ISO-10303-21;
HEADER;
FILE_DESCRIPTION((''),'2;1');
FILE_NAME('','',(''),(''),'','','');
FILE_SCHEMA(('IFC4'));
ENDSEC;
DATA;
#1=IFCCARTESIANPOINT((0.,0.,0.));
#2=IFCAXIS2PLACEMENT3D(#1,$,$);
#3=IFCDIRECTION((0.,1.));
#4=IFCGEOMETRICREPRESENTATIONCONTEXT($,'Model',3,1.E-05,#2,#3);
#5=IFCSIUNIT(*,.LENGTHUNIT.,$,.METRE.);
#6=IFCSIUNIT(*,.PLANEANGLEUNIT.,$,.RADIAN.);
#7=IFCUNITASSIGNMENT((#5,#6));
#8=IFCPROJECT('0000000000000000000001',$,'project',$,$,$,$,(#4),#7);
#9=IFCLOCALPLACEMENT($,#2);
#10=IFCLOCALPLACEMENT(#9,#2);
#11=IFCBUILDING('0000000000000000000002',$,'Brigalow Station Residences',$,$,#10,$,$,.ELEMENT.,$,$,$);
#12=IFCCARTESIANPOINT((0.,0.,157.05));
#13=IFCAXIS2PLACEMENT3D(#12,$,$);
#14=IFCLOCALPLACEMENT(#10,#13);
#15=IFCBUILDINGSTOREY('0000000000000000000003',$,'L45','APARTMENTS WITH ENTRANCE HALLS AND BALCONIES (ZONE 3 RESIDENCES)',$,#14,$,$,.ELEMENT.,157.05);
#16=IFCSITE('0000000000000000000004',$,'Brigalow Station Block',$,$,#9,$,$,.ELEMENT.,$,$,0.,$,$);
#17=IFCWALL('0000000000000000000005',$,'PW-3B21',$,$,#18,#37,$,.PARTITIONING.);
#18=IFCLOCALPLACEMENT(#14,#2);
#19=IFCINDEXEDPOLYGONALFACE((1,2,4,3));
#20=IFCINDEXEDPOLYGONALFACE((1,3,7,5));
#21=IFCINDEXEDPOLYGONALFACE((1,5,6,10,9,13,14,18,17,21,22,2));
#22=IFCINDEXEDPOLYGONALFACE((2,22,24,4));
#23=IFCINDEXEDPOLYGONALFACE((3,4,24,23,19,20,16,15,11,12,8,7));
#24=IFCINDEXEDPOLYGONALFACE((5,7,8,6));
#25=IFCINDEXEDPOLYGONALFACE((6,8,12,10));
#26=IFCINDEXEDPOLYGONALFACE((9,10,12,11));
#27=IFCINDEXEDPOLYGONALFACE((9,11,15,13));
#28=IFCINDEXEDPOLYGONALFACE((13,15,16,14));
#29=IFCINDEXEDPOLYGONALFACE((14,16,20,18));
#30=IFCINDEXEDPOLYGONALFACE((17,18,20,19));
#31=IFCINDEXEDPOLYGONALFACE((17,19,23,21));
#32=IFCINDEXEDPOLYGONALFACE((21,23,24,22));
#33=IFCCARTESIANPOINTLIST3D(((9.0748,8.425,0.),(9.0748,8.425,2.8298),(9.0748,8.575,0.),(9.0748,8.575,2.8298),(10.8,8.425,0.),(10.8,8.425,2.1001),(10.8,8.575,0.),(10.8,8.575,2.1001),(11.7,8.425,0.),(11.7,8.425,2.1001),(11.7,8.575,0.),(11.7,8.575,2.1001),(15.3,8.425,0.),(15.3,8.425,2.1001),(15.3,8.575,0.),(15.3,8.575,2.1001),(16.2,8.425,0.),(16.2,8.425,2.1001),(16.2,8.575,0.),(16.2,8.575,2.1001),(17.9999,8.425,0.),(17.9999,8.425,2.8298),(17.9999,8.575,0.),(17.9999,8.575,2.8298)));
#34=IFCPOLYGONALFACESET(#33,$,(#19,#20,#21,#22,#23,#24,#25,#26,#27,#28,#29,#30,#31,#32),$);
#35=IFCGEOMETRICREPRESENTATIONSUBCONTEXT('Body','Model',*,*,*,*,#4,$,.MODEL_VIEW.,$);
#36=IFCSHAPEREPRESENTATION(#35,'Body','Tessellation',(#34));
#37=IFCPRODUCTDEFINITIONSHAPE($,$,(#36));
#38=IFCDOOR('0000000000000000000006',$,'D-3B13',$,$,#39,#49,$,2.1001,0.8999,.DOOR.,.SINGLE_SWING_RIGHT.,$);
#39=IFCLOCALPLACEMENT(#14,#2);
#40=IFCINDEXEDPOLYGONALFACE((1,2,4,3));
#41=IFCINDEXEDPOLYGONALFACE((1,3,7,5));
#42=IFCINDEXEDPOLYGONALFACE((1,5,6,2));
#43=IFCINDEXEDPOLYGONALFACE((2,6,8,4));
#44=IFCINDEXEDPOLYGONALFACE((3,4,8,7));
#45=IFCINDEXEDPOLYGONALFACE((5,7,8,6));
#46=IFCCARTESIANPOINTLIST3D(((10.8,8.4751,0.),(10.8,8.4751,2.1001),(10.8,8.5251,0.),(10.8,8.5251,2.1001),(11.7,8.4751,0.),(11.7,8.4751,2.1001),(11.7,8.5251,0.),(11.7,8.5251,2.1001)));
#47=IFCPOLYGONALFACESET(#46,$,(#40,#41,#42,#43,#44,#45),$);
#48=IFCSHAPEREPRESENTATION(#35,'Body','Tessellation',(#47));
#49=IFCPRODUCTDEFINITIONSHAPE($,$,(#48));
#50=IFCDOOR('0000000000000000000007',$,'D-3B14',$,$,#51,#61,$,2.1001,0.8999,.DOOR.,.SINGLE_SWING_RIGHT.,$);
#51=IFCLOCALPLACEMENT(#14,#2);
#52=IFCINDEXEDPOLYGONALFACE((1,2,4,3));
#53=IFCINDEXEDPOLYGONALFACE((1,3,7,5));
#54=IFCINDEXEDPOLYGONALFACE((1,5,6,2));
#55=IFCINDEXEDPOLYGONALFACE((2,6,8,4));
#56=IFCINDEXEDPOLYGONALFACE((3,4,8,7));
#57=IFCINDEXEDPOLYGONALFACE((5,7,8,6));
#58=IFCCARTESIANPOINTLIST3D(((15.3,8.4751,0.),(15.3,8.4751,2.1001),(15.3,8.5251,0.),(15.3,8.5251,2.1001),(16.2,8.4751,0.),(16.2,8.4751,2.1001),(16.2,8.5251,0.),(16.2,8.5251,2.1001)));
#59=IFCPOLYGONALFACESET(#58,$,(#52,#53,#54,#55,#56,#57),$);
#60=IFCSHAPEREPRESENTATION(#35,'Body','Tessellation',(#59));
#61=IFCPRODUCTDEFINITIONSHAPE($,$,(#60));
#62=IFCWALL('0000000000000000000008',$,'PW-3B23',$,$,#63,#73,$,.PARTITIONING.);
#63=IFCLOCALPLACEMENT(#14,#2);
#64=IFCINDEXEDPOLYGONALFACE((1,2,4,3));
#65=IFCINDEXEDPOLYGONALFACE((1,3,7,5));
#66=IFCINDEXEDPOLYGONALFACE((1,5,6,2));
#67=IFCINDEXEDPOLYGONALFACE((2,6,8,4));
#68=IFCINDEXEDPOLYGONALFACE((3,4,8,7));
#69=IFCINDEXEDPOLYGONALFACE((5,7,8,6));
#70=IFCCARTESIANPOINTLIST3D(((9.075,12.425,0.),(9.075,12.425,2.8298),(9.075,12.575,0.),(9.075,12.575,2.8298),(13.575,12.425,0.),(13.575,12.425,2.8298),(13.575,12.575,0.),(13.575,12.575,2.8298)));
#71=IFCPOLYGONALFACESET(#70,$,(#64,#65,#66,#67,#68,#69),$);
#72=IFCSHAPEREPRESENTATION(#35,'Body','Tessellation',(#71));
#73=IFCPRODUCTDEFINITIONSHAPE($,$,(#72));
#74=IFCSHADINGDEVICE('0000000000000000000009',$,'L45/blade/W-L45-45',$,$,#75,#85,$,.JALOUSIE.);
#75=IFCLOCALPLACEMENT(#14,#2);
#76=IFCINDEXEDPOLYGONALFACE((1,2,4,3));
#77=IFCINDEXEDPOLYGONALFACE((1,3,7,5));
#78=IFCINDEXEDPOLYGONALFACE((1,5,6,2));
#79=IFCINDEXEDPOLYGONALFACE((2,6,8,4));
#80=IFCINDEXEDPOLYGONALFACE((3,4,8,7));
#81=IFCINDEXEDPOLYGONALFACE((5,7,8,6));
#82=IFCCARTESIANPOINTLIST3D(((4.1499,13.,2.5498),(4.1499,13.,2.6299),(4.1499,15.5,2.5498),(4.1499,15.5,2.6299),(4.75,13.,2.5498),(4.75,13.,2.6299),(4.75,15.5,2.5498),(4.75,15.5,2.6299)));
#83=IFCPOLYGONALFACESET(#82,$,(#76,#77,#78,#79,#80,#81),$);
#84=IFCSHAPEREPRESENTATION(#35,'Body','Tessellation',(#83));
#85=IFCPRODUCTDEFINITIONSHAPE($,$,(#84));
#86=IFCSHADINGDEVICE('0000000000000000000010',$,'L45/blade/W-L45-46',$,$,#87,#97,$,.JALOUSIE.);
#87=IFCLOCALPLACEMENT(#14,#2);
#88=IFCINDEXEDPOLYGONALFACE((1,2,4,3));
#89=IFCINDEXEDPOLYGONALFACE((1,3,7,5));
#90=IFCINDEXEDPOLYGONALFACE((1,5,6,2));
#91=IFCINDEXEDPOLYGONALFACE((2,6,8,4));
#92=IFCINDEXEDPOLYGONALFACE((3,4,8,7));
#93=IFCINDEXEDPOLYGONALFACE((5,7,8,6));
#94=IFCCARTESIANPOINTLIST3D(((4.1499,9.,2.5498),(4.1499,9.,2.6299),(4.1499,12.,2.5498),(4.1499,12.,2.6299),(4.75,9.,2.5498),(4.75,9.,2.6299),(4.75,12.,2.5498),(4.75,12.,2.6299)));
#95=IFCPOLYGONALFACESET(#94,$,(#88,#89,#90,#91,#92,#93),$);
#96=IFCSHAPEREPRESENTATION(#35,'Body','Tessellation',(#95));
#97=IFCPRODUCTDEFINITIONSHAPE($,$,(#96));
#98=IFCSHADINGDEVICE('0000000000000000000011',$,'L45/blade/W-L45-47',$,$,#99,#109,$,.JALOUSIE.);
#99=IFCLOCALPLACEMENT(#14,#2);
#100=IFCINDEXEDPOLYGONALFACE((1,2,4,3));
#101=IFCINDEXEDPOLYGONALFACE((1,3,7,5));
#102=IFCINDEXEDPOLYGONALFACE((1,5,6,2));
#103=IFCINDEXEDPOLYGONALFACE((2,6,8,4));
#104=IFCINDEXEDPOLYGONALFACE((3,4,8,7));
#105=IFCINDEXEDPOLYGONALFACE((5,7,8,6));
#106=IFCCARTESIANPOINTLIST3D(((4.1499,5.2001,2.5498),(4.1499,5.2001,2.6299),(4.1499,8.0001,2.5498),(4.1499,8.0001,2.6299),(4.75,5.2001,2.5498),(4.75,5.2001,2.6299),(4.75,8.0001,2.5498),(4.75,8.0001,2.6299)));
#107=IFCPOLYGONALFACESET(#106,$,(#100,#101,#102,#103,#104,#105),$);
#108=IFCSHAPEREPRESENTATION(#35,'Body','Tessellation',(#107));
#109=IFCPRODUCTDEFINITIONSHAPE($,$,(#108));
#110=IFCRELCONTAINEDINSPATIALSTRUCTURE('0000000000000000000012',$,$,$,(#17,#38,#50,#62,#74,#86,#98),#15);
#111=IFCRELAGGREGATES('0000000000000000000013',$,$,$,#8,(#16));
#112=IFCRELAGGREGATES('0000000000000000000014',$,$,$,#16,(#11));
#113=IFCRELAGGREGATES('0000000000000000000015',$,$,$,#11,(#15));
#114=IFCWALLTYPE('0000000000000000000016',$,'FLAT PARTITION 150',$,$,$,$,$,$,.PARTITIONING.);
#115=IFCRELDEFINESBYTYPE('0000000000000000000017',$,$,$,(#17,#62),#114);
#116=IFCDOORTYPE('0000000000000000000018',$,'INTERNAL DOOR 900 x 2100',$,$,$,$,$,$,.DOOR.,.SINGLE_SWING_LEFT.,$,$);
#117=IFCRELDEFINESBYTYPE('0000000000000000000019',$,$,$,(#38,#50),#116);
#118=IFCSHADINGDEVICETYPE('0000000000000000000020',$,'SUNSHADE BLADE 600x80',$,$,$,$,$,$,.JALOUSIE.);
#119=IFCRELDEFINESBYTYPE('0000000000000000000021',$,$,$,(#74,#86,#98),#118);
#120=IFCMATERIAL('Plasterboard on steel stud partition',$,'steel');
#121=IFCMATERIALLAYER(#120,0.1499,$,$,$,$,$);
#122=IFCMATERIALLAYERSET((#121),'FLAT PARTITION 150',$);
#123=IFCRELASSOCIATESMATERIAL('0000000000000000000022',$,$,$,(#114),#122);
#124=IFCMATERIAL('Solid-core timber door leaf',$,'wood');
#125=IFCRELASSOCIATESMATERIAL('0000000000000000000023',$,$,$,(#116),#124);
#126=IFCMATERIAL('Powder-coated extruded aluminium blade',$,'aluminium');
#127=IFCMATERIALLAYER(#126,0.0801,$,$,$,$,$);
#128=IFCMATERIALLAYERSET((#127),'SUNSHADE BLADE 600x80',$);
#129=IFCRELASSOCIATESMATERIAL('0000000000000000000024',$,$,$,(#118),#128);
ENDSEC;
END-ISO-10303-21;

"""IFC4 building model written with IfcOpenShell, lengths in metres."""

from ifc_helpers import new_model, si_unit, direction, frame, frame_2d, origin, origin_2d, place, context, subcontext, project, spatial, rectangle, extrude, material, layer, layer_set, type_object, element, fill, save


model = new_model("IFC4")

# Units and contexts
model_context = context("Model", 3, precision=1e-05, world=origin(), true_north=direction((0.0, 1.0)))
body_context = subcontext(model_context, "Body", "Model", "MODEL_VIEW")
ifc_project = project(units=[si_unit("LENGTHUNIT", "METRE"), si_unit("PLANEANGLEUNIT", "RADIAN")], contexts=[model_context])

# Site, building, storey
site_placement = place(None, origin())
site = spatial("IfcSite", under=ifc_project, at=site_placement, Name="Brigalow Station Block", CompositionType="ELEMENT", RefElevation=0.0)
building_placement = place(site_placement, origin())
building = spatial("IfcBuilding", under=site, at=building_placement, Name="Brigalow Station Residences", CompositionType="ELEMENT")
storey_placement = place(building_placement, frame((0.0, 0.0, 157.05)))
storey = spatial("IfcBuildingStorey", under=building, at=storey_placement, Name="L45", Description="APARTMENTS WITH ENTRANCE HALLS AND BALCONIES (ZONE 3 RESIDENCES)", CompositionType="ELEMENT", Elevation=157.05)

# Shared definitions
ifc_material_1 = material(Name="Plasterboard on steel stud partition", Category="steel")
ifc_layer_1 = layer(ifc_material_1, 0.1499)
ifc_layer_set_1 = layer_set([ifc_layer_1], Name="FLAT PARTITION 150")
wall_type_1 = type_object("IfcWallType", Name="FLAT PARTITION 150", PredefinedType="PARTITIONING", material=ifc_layer_set_1)

# Wall, openings, doors
wall_1_placement = place(storey_placement, frame((9.075, 8.5, 0.0), z_axis=(0.0, 0.0, 1.0), x_axis=(1.0, 0.0, 0.0)))
wall_1 = element("IfcWall", 1, at=wall_1_placement, inside=storey, type_object=wall_type_1, Name="PW-3B21", PredefinedType="PARTITIONING", context=body_context, shape_type="SweptSolid", body=[
    extrude(rectangle(XDim=8.925, YDim=0.1499, at=frame_2d((4.4624, 0.0))), origin(), (0.0, 0.0, 1.0), 2.8298),
])
opening_1_placement = place(wall_1_placement, frame((1.7251, 0.0, 0.0)))
opening_1 = element("IfcOpeningElement", 2, at=opening_1_placement, cuts=wall_1, PredefinedType="OPENING", context=body_context, shape_type="SweptSolid", body=[
    extrude(rectangle(XDim=0.8999, YDim=2.1001, at=frame_2d((0.45, 1.05))), frame((0.0, 0.085, 0.0), z_axis=(0.0, -1.0, 0.0), x_axis=(1.0, 0.0, 0.0)), (0.0, 0.0, 1.0), 0.1699),
])
opening_2_placement = place(wall_1_placement, frame((6.2251, 0.0, 0.0)))
opening_2 = element("IfcOpeningElement", 3, at=opening_2_placement, cuts=wall_1, PredefinedType="OPENING", context=body_context, shape_type="SweptSolid", body=[
    extrude(rectangle(XDim=0.8999, YDim=2.1001, at=frame_2d((0.45, 1.05))), frame((0.0, 0.085, 0.0), z_axis=(0.0, -1.0, 0.0), x_axis=(1.0, 0.0, 0.0)), (0.0, 0.0, 1.0), 0.1699),
])
ifc_material_2 = material(Name="Solid-core timber door leaf", Category="wood")
door_type_1 = type_object("IfcDoorType", Name="INTERNAL DOOR 900 x 2100", OperationType="SINGLE_SWING_LEFT", PredefinedType="DOOR", material=ifc_material_2)
door_1_placement = place(opening_1_placement, frame((0.8999, 0.0, 0.0), z_axis=(0.0, 0.0, 1.0), x_axis=(-1.0, 0.0, 0.0)))
door_1 = element("IfcDoor", 4, at=door_1_placement, inside=storey, type_object=door_type_1, Name="D-3B13", OperationType="SINGLE_SWING_RIGHT", OverallHeight=2.1001, OverallWidth=0.8999, PredefinedType="DOOR", context=body_context, shape_type="SweptSolid", body=[
    extrude(rectangle(XDim=0.8999, YDim=2.1001, at=frame_2d((0.45, 1.05))), frame((0.0, 0.0249, 0.0), z_axis=(0.0, -1.0, 0.0), x_axis=(1.0, 0.0, 0.0)), (0.0, 0.0, 1.0), 0.05),
])
fill(opening_1, door_1)
door_2_placement = place(opening_2_placement, frame((0.8999, 0.0, 0.0), z_axis=(0.0, 0.0, 1.0), x_axis=(-1.0, 0.0, 0.0)))
door_2 = element("IfcDoor", 5, at=door_2_placement, inside=storey, type_object=door_type_1, Name="D-3B14", OperationType="SINGLE_SWING_RIGHT", OverallHeight=2.1001, OverallWidth=0.8999, PredefinedType="DOOR", context=body_context, shape_type="SweptSolid", body=[
    extrude(rectangle(XDim=0.8999, YDim=2.1001, at=frame_2d((0.45, 1.05))), frame((0.0, 0.0249, 0.0), z_axis=(0.0, -1.0, 0.0), x_axis=(1.0, 0.0, 0.0)), (0.0, 0.0, 1.0), 0.05),
])
fill(opening_2, door_2)

# Wall
wall_2_placement = place(storey_placement, frame((9.075, 12.5, 0.0), z_axis=(0.0, 0.0, 1.0), x_axis=(1.0, 0.0, 0.0)))
element("IfcWall", 6, at=wall_2_placement, inside=storey, type_object=wall_type_1, Name="PW-3B23", PredefinedType="PARTITIONING", context=body_context, shape_type="SweptSolid", body=[
    extrude(rectangle(XDim=4.5, YDim=0.1499, at=frame_2d((2.25, 0.0))), origin(), (0.0, 0.0, 1.0), 2.8298),
])

# Shading devices
ifc_material_3 = material(Name="Powder-coated extruded aluminium blade", Category="aluminium")
ifc_layer_2 = layer(ifc_material_3, 0.0801)
ifc_layer_set_2 = layer_set([ifc_layer_2], Name="SUNSHADE BLADE 600x80")
shading_device_type = type_object("IfcShadingDeviceType", Name="SUNSHADE BLADE 600x80", PredefinedType="JALOUSIE", material=ifc_layer_set_2)
shading_device_1_placement = place(storey_placement, frame((4.45, 14.25, 2.5498), z_axis=(0.0, 0.0, 1.0), x_axis=(0.0, -1.0, 0.0)))
element("IfcShadingDevice", 7, at=shading_device_1_placement, inside=storey, type_object=shading_device_type, Name="L45/blade/W-L45-45", PredefinedType="JALOUSIE", context=body_context, shape_type="SweptSolid", body=[
    extrude(rectangle(XDim=2.5, YDim=0.6001, at=origin_2d()), origin(), (0.0, 0.0, 1.0), 0.0801),
])
shading_device_2_placement = place(storey_placement, frame((4.45, 10.5, 2.5498), z_axis=(0.0, 0.0, 1.0), x_axis=(0.0, -1.0, 0.0)))
element("IfcShadingDevice", 8, at=shading_device_2_placement, inside=storey, type_object=shading_device_type, Name="L45/blade/W-L45-46", PredefinedType="JALOUSIE", context=body_context, shape_type="SweptSolid", body=[
    extrude(rectangle(XDim=3.0, YDim=0.6001, at=origin_2d()), origin(), (0.0, 0.0, 1.0), 0.0801),
])
shading_device_3_placement = place(storey_placement, frame((4.45, 6.6001, 2.5498), z_axis=(0.0, 0.0, 1.0), x_axis=(0.0, -1.0, 0.0)))
element("IfcShadingDevice", 9, at=shading_device_3_placement, inside=storey, type_object=shading_device_type, Name="L45/blade/W-L45-47", PredefinedType="JALOUSIE", context=body_context, shape_type="SweptSolid", body=[
    extrude(rectangle(XDim=2.8, YDim=0.6001, at=origin_2d()), origin(), (0.0, 0.0, 1.0), 0.0801),
])

save(model, "model.ifc")
